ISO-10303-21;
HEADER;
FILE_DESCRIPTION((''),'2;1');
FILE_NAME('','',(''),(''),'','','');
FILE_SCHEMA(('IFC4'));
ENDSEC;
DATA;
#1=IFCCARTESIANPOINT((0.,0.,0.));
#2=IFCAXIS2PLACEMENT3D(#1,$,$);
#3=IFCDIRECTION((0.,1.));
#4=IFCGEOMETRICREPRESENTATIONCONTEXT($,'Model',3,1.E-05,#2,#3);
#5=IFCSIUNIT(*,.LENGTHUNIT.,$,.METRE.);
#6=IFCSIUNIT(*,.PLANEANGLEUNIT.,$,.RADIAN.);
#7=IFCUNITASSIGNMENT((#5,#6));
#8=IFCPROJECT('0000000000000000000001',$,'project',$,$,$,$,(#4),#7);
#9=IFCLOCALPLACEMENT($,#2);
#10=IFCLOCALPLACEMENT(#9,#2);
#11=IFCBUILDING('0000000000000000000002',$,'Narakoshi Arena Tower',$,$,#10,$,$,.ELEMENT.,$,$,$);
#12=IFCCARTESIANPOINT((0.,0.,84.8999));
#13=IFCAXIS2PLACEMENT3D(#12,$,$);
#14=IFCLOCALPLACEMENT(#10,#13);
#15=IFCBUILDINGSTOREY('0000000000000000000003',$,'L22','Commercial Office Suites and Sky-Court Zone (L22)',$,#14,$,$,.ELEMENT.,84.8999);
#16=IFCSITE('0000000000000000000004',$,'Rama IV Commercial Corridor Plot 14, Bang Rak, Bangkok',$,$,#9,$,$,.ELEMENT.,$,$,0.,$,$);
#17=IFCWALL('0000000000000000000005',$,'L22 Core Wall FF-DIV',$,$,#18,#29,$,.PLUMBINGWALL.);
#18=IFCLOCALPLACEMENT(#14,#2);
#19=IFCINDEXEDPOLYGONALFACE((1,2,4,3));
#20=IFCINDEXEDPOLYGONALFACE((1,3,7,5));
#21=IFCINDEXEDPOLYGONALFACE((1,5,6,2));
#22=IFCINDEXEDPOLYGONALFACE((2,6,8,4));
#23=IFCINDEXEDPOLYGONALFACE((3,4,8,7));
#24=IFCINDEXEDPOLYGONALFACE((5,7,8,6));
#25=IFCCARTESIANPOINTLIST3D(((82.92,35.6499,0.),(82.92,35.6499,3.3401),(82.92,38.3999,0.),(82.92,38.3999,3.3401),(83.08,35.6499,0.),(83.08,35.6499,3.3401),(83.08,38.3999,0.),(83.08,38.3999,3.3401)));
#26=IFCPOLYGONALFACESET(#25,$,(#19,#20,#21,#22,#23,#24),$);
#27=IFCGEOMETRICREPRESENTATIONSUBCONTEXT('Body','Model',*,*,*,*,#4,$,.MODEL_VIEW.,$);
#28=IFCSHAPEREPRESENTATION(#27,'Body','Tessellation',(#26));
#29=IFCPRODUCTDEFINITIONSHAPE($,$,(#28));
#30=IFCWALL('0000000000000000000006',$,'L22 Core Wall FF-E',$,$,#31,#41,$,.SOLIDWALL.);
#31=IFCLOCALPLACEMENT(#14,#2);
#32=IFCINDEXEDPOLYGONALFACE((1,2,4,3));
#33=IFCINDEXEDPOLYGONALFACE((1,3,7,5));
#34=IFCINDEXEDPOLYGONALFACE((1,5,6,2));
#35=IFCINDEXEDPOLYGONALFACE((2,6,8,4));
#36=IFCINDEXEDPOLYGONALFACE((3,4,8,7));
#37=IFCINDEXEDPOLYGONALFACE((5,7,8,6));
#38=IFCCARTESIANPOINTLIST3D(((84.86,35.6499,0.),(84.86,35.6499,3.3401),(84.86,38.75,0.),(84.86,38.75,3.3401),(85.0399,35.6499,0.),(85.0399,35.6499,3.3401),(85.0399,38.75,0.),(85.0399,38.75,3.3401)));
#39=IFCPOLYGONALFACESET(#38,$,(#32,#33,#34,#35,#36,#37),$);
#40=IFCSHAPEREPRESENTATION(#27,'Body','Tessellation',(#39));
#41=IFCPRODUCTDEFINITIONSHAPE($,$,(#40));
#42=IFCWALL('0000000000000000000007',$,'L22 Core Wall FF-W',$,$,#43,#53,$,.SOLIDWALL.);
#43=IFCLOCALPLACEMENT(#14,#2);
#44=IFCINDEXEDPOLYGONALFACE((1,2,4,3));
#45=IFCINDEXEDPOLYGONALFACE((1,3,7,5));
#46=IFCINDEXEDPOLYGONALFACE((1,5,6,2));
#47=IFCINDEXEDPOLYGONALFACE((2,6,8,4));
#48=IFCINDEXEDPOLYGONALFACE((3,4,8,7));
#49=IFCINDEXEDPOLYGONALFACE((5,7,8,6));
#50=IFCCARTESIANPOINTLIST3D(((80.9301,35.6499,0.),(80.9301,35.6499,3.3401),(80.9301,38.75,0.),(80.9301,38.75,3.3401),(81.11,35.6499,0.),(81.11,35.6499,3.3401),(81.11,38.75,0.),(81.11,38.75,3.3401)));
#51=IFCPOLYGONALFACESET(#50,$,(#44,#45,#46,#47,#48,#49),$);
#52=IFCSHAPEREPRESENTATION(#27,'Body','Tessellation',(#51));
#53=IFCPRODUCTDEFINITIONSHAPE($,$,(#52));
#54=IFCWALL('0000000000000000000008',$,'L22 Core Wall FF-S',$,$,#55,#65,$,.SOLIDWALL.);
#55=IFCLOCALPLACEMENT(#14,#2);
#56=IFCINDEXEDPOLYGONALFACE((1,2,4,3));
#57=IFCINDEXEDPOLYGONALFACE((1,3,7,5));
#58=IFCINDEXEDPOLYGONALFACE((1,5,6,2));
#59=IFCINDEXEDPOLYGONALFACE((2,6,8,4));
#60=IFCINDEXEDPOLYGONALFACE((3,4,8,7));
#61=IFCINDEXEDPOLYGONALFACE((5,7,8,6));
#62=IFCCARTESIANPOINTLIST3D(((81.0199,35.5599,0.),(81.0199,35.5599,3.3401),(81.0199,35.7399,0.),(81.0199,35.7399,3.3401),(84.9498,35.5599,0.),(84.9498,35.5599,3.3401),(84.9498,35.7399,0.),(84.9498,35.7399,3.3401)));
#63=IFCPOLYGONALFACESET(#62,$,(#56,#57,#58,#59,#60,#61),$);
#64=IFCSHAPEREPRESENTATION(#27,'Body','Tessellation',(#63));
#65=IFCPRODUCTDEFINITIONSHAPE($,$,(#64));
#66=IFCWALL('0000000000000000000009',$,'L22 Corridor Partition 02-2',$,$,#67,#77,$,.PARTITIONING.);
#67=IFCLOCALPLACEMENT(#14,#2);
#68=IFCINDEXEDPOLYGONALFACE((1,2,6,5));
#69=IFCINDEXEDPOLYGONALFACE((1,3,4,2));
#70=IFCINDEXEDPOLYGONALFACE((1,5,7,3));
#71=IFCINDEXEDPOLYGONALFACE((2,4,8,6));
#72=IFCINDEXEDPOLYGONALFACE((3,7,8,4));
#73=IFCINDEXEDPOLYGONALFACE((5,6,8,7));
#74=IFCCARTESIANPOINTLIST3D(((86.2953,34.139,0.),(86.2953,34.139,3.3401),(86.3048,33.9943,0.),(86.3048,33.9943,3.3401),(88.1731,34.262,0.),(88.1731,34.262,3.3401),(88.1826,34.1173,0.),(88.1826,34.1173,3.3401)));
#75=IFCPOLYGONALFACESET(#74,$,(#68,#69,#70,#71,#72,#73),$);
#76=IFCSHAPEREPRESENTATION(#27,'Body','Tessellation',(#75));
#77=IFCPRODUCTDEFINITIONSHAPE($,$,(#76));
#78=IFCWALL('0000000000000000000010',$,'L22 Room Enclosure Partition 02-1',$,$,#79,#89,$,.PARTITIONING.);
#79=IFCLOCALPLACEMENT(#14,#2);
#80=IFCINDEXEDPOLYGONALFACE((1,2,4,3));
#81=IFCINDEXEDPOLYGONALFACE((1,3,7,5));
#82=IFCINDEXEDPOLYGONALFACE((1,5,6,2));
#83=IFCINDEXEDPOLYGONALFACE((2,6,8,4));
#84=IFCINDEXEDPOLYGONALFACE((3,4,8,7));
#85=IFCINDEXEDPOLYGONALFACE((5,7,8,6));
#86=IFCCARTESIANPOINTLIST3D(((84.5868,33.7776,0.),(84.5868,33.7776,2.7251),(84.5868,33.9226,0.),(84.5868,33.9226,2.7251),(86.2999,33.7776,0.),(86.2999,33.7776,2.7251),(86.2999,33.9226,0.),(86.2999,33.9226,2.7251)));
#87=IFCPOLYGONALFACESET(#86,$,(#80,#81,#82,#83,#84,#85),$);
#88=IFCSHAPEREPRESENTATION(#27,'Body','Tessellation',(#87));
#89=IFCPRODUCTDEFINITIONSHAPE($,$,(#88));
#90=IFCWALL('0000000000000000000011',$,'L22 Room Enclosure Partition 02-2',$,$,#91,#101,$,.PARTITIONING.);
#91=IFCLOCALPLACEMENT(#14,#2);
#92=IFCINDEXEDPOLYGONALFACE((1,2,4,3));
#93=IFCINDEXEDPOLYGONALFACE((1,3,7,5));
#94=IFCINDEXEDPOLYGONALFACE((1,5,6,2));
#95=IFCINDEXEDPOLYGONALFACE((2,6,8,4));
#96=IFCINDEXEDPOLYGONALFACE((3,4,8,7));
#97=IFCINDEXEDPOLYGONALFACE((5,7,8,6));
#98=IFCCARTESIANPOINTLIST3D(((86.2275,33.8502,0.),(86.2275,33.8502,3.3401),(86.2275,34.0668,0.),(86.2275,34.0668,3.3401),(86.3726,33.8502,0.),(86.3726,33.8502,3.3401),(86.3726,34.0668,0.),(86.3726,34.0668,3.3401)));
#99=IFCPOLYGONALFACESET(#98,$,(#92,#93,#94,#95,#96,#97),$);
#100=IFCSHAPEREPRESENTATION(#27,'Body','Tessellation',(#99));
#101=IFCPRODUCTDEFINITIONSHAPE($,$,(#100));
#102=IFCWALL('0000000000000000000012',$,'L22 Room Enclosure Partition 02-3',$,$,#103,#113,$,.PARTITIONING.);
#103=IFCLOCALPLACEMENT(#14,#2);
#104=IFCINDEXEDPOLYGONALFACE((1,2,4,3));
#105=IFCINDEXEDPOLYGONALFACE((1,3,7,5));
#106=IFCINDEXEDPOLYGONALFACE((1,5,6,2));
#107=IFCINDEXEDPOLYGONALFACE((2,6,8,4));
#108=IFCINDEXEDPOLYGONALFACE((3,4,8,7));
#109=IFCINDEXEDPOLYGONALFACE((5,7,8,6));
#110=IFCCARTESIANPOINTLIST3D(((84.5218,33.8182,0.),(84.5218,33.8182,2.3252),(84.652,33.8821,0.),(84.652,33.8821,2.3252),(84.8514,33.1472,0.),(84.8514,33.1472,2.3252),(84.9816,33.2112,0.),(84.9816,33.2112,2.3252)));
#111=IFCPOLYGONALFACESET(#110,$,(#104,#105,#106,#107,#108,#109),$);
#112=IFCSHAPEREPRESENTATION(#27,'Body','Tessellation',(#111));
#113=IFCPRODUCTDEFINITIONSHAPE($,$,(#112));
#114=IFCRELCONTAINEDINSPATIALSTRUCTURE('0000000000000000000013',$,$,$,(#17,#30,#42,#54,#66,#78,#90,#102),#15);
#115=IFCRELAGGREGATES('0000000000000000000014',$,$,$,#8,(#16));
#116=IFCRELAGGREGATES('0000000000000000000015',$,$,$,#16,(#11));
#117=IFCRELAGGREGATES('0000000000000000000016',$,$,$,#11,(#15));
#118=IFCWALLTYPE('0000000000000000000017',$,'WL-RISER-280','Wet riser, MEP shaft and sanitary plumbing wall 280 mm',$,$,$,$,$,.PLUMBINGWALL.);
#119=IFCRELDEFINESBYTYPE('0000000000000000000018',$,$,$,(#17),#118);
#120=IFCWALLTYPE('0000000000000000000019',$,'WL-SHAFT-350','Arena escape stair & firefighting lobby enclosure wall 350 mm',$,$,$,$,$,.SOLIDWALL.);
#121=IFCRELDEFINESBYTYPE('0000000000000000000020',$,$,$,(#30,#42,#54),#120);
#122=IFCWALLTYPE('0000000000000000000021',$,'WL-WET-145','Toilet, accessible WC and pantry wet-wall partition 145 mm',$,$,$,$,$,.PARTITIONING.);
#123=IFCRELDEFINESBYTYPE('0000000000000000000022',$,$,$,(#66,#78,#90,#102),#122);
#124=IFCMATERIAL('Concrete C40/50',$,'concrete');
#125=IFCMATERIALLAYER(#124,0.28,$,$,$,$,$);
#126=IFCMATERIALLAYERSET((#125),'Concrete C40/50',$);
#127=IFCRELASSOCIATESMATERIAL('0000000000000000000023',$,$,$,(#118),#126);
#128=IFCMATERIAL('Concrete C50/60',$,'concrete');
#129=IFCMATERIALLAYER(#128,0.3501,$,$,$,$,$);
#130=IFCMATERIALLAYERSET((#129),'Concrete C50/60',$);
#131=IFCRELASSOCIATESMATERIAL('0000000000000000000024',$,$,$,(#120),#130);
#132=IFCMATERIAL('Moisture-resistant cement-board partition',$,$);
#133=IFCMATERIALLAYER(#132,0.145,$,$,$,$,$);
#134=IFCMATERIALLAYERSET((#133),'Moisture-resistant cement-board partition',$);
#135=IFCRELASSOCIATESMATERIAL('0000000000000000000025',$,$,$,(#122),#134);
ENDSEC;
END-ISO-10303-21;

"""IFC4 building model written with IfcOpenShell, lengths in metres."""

from ifc_helpers import new_model, si_unit, direction, frame, frame_2d, origin, place, context, subcontext, project, spatial, rectangle, extrude, material, layer, layer_set, type_object, element, save


model = new_model("IFC4")

# Units and contexts
model_context = context("Model", 3, precision=1e-05, world=origin(), true_north=direction((0.0, 1.0)))
body_context = subcontext(model_context, "Body", "Model", "MODEL_VIEW")
ifc_project = project(units=[si_unit("LENGTHUNIT", "METRE"), si_unit("PLANEANGLEUNIT", "RADIAN")], contexts=[model_context])

# Site, building, storey
site_placement = place(None, origin())
site = spatial("IfcSite", under=ifc_project, at=site_placement, Name="Rama IV Commercial Corridor Plot 14, Bang Rak, Bangkok", CompositionType="ELEMENT", RefElevation=0.0)
building_placement = place(site_placement, origin())
building = spatial("IfcBuilding", under=site, at=building_placement, Name="Narakoshi Arena Tower", CompositionType="ELEMENT")
storey_placement = place(building_placement, frame((0.0, 0.0, 84.8999)))
storey = spatial("IfcBuildingStorey", under=building, at=storey_placement, Name="L22", Description="Commercial Office Suites and Sky-Court Zone (L22)", CompositionType="ELEMENT", Elevation=84.8999)

# Walls
ifc_material_1 = material(Name="Concrete C40/50", Category="concrete")
ifc_layer_1 = layer(ifc_material_1, 0.28)
ifc_layer_set_1 = layer_set([ifc_layer_1], Name="Concrete C40/50")
wall_type_1 = type_object("IfcWallType", Name="WL-RISER-280", Description="Wet riser, MEP shaft and sanitary plumbing wall 280 mm", PredefinedType="PLUMBINGWALL", material=ifc_layer_set_1)
wall_1_placement = place(storey_placement, frame((83.0, 35.6499, 0.0), z_axis=(0.0, 0.0, 1.0), x_axis=(0.0, 1.0, 0.0)))
element("IfcWall", 1, at=wall_1_placement, inside=storey, type_object=wall_type_1, Name="L22 Core Wall FF-DIV", PredefinedType="PLUMBINGWALL", context=body_context, shape_type="SweptSolid", body=[
    extrude(rectangle(XDim=2.75, YDim=0.1599, at=frame_2d((1.375, 0.0))), origin(), (0.0, 0.0, 1.0), 3.3401),
])
ifc_material_2 = material(Name="Concrete C50/60", Category="concrete")
ifc_layer_2 = layer(ifc_material_2, 0.3501)
ifc_layer_set_2 = layer_set([ifc_layer_2], Name="Concrete C50/60")
wall_type_2 = type_object("IfcWallType", Name="WL-SHAFT-350", Description="Arena escape stair & firefighting lobby enclosure wall 350 mm", PredefinedType="SOLIDWALL", material=ifc_layer_set_2)
for number, where, z_axis, x_axis, name in (
    (2, (84.95, 35.6499, 0.0), (0.0, 0.0, 1.0), (0.0, 1.0, 0.0), "L22 Core Wall FF-E"),
    (3, (81.02, 35.6499, 0.0), (0.0, 0.0, 1.0), (0.0, 1.0, 0.0), "L22 Core Wall FF-W"),
):
    element("IfcWall", number, at=place(storey_placement, frame(where, z_axis=z_axis, x_axis=x_axis)), inside=storey, type_object=wall_type_2, Name=name, PredefinedType="SOLIDWALL", context=body_context, shape_type="SweptSolid", body=[
        extrude(rectangle(XDim=3.1001, YDim=0.1799, at=frame_2d((1.55, 0.0))), origin(), (0.0, 0.0, 1.0), 3.3401),
    ])
wall_2_placement = place(storey_placement, frame((81.02, 35.6499, 0.0), z_axis=(0.0, 0.0, 1.0), x_axis=(1.0, 0.0, 0.0)))
element("IfcWall", 4, at=wall_2_placement, inside=storey, type_object=wall_type_2, Name="L22 Core Wall FF-S", PredefinedType="SOLIDWALL", context=body_context, shape_type="SweptSolid", body=[
    extrude(rectangle(XDim=3.9299, YDim=0.1799, at=frame_2d((1.9648, 0.0))), origin(), (0.0, 0.0, 1.0), 3.3401),
])

# Shared definitions
ifc_material_3 = material(Name="Moisture-resistant cement-board partition")
ifc_layer_3 = layer(ifc_material_3, 0.145)
ifc_layer_set_3 = layer_set([ifc_layer_3], Name="Moisture-resistant cement-board partition")
wall_type_3 = type_object("IfcWallType", Name="WL-WET-145", Description="Toilet, accessible WC and pantry wet-wall partition 145 mm", PredefinedType="PARTITIONING", material=ifc_layer_set_3)

# Walls
wall_3_placement = place(storey_placement, frame((86.3, 34.0667, 0.0), z_axis=(0.0, 0.0, 1.0), x_axis=(0.99786, 0.065382, 0.0)))
element("IfcWall", 5, at=wall_3_placement, inside=storey, type_object=wall_type_3, Name="L22 Corridor Partition 02-2", PredefinedType="PARTITIONING", context=body_context, shape_type="SweptSolid", body=[
    extrude(rectangle(XDim=1.8818, YDim=0.145, at=frame_2d((0.9409, 0.0))), origin(), (0.0, 0.0, 1.0), 3.3401),
])
wall_4_placement = place(storey_placement, frame((84.5869, 33.8501, 0.0), z_axis=(0.0, 0.0, 1.0), x_axis=(1.0, 0.0, 0.0)))
element("IfcWall", 6, at=wall_4_placement, inside=storey, type_object=wall_type_3, Name="L22 Room Enclosure Partition 02-1", PredefinedType="PARTITIONING", context=body_context, shape_type="SweptSolid", body=[
    extrude(rectangle(XDim=1.7131, YDim=0.145, at=frame_2d((0.8564, 0.0))), origin(), (0.0, 0.0, 1.0), 2.7251),
])
wall_5_placement = place(storey_placement, frame((86.3, 33.8501, 0.0), z_axis=(0.0, 0.0, 1.0), x_axis=(0.0, 1.0, 0.0)))
element("IfcWall", 7, at=wall_5_placement, inside=storey, type_object=wall_type_3, Name="L22 Room Enclosure Partition 02-2", PredefinedType="PARTITIONING", context=body_context, shape_type="SweptSolid", body=[
    extrude(rectangle(XDim=0.2166, YDim=0.145, at=frame_2d((0.1084, 0.0))), origin(), (0.0, 0.0, 1.0), 3.3401),
])
wall_6_placement = place(storey_placement, frame((84.9165, 33.1792, 0.0), z_axis=(0.0, 0.0, 1.0), x_axis=(-0.440932, 0.897541, 0.0)))
element("IfcWall", 8, at=wall_6_placement, inside=storey, type_object=wall_type_3, Name="L22 Room Enclosure Partition 02-3", PredefinedType="PARTITIONING", context=body_context, shape_type="SweptSolid", body=[
    extrude(rectangle(XDim=0.7476, YDim=0.145, at=frame_2d((0.3738, 0.0))), origin(), (0.0, 0.0, 1.0), 2.3252),
])

save(model, "model.ifc")
